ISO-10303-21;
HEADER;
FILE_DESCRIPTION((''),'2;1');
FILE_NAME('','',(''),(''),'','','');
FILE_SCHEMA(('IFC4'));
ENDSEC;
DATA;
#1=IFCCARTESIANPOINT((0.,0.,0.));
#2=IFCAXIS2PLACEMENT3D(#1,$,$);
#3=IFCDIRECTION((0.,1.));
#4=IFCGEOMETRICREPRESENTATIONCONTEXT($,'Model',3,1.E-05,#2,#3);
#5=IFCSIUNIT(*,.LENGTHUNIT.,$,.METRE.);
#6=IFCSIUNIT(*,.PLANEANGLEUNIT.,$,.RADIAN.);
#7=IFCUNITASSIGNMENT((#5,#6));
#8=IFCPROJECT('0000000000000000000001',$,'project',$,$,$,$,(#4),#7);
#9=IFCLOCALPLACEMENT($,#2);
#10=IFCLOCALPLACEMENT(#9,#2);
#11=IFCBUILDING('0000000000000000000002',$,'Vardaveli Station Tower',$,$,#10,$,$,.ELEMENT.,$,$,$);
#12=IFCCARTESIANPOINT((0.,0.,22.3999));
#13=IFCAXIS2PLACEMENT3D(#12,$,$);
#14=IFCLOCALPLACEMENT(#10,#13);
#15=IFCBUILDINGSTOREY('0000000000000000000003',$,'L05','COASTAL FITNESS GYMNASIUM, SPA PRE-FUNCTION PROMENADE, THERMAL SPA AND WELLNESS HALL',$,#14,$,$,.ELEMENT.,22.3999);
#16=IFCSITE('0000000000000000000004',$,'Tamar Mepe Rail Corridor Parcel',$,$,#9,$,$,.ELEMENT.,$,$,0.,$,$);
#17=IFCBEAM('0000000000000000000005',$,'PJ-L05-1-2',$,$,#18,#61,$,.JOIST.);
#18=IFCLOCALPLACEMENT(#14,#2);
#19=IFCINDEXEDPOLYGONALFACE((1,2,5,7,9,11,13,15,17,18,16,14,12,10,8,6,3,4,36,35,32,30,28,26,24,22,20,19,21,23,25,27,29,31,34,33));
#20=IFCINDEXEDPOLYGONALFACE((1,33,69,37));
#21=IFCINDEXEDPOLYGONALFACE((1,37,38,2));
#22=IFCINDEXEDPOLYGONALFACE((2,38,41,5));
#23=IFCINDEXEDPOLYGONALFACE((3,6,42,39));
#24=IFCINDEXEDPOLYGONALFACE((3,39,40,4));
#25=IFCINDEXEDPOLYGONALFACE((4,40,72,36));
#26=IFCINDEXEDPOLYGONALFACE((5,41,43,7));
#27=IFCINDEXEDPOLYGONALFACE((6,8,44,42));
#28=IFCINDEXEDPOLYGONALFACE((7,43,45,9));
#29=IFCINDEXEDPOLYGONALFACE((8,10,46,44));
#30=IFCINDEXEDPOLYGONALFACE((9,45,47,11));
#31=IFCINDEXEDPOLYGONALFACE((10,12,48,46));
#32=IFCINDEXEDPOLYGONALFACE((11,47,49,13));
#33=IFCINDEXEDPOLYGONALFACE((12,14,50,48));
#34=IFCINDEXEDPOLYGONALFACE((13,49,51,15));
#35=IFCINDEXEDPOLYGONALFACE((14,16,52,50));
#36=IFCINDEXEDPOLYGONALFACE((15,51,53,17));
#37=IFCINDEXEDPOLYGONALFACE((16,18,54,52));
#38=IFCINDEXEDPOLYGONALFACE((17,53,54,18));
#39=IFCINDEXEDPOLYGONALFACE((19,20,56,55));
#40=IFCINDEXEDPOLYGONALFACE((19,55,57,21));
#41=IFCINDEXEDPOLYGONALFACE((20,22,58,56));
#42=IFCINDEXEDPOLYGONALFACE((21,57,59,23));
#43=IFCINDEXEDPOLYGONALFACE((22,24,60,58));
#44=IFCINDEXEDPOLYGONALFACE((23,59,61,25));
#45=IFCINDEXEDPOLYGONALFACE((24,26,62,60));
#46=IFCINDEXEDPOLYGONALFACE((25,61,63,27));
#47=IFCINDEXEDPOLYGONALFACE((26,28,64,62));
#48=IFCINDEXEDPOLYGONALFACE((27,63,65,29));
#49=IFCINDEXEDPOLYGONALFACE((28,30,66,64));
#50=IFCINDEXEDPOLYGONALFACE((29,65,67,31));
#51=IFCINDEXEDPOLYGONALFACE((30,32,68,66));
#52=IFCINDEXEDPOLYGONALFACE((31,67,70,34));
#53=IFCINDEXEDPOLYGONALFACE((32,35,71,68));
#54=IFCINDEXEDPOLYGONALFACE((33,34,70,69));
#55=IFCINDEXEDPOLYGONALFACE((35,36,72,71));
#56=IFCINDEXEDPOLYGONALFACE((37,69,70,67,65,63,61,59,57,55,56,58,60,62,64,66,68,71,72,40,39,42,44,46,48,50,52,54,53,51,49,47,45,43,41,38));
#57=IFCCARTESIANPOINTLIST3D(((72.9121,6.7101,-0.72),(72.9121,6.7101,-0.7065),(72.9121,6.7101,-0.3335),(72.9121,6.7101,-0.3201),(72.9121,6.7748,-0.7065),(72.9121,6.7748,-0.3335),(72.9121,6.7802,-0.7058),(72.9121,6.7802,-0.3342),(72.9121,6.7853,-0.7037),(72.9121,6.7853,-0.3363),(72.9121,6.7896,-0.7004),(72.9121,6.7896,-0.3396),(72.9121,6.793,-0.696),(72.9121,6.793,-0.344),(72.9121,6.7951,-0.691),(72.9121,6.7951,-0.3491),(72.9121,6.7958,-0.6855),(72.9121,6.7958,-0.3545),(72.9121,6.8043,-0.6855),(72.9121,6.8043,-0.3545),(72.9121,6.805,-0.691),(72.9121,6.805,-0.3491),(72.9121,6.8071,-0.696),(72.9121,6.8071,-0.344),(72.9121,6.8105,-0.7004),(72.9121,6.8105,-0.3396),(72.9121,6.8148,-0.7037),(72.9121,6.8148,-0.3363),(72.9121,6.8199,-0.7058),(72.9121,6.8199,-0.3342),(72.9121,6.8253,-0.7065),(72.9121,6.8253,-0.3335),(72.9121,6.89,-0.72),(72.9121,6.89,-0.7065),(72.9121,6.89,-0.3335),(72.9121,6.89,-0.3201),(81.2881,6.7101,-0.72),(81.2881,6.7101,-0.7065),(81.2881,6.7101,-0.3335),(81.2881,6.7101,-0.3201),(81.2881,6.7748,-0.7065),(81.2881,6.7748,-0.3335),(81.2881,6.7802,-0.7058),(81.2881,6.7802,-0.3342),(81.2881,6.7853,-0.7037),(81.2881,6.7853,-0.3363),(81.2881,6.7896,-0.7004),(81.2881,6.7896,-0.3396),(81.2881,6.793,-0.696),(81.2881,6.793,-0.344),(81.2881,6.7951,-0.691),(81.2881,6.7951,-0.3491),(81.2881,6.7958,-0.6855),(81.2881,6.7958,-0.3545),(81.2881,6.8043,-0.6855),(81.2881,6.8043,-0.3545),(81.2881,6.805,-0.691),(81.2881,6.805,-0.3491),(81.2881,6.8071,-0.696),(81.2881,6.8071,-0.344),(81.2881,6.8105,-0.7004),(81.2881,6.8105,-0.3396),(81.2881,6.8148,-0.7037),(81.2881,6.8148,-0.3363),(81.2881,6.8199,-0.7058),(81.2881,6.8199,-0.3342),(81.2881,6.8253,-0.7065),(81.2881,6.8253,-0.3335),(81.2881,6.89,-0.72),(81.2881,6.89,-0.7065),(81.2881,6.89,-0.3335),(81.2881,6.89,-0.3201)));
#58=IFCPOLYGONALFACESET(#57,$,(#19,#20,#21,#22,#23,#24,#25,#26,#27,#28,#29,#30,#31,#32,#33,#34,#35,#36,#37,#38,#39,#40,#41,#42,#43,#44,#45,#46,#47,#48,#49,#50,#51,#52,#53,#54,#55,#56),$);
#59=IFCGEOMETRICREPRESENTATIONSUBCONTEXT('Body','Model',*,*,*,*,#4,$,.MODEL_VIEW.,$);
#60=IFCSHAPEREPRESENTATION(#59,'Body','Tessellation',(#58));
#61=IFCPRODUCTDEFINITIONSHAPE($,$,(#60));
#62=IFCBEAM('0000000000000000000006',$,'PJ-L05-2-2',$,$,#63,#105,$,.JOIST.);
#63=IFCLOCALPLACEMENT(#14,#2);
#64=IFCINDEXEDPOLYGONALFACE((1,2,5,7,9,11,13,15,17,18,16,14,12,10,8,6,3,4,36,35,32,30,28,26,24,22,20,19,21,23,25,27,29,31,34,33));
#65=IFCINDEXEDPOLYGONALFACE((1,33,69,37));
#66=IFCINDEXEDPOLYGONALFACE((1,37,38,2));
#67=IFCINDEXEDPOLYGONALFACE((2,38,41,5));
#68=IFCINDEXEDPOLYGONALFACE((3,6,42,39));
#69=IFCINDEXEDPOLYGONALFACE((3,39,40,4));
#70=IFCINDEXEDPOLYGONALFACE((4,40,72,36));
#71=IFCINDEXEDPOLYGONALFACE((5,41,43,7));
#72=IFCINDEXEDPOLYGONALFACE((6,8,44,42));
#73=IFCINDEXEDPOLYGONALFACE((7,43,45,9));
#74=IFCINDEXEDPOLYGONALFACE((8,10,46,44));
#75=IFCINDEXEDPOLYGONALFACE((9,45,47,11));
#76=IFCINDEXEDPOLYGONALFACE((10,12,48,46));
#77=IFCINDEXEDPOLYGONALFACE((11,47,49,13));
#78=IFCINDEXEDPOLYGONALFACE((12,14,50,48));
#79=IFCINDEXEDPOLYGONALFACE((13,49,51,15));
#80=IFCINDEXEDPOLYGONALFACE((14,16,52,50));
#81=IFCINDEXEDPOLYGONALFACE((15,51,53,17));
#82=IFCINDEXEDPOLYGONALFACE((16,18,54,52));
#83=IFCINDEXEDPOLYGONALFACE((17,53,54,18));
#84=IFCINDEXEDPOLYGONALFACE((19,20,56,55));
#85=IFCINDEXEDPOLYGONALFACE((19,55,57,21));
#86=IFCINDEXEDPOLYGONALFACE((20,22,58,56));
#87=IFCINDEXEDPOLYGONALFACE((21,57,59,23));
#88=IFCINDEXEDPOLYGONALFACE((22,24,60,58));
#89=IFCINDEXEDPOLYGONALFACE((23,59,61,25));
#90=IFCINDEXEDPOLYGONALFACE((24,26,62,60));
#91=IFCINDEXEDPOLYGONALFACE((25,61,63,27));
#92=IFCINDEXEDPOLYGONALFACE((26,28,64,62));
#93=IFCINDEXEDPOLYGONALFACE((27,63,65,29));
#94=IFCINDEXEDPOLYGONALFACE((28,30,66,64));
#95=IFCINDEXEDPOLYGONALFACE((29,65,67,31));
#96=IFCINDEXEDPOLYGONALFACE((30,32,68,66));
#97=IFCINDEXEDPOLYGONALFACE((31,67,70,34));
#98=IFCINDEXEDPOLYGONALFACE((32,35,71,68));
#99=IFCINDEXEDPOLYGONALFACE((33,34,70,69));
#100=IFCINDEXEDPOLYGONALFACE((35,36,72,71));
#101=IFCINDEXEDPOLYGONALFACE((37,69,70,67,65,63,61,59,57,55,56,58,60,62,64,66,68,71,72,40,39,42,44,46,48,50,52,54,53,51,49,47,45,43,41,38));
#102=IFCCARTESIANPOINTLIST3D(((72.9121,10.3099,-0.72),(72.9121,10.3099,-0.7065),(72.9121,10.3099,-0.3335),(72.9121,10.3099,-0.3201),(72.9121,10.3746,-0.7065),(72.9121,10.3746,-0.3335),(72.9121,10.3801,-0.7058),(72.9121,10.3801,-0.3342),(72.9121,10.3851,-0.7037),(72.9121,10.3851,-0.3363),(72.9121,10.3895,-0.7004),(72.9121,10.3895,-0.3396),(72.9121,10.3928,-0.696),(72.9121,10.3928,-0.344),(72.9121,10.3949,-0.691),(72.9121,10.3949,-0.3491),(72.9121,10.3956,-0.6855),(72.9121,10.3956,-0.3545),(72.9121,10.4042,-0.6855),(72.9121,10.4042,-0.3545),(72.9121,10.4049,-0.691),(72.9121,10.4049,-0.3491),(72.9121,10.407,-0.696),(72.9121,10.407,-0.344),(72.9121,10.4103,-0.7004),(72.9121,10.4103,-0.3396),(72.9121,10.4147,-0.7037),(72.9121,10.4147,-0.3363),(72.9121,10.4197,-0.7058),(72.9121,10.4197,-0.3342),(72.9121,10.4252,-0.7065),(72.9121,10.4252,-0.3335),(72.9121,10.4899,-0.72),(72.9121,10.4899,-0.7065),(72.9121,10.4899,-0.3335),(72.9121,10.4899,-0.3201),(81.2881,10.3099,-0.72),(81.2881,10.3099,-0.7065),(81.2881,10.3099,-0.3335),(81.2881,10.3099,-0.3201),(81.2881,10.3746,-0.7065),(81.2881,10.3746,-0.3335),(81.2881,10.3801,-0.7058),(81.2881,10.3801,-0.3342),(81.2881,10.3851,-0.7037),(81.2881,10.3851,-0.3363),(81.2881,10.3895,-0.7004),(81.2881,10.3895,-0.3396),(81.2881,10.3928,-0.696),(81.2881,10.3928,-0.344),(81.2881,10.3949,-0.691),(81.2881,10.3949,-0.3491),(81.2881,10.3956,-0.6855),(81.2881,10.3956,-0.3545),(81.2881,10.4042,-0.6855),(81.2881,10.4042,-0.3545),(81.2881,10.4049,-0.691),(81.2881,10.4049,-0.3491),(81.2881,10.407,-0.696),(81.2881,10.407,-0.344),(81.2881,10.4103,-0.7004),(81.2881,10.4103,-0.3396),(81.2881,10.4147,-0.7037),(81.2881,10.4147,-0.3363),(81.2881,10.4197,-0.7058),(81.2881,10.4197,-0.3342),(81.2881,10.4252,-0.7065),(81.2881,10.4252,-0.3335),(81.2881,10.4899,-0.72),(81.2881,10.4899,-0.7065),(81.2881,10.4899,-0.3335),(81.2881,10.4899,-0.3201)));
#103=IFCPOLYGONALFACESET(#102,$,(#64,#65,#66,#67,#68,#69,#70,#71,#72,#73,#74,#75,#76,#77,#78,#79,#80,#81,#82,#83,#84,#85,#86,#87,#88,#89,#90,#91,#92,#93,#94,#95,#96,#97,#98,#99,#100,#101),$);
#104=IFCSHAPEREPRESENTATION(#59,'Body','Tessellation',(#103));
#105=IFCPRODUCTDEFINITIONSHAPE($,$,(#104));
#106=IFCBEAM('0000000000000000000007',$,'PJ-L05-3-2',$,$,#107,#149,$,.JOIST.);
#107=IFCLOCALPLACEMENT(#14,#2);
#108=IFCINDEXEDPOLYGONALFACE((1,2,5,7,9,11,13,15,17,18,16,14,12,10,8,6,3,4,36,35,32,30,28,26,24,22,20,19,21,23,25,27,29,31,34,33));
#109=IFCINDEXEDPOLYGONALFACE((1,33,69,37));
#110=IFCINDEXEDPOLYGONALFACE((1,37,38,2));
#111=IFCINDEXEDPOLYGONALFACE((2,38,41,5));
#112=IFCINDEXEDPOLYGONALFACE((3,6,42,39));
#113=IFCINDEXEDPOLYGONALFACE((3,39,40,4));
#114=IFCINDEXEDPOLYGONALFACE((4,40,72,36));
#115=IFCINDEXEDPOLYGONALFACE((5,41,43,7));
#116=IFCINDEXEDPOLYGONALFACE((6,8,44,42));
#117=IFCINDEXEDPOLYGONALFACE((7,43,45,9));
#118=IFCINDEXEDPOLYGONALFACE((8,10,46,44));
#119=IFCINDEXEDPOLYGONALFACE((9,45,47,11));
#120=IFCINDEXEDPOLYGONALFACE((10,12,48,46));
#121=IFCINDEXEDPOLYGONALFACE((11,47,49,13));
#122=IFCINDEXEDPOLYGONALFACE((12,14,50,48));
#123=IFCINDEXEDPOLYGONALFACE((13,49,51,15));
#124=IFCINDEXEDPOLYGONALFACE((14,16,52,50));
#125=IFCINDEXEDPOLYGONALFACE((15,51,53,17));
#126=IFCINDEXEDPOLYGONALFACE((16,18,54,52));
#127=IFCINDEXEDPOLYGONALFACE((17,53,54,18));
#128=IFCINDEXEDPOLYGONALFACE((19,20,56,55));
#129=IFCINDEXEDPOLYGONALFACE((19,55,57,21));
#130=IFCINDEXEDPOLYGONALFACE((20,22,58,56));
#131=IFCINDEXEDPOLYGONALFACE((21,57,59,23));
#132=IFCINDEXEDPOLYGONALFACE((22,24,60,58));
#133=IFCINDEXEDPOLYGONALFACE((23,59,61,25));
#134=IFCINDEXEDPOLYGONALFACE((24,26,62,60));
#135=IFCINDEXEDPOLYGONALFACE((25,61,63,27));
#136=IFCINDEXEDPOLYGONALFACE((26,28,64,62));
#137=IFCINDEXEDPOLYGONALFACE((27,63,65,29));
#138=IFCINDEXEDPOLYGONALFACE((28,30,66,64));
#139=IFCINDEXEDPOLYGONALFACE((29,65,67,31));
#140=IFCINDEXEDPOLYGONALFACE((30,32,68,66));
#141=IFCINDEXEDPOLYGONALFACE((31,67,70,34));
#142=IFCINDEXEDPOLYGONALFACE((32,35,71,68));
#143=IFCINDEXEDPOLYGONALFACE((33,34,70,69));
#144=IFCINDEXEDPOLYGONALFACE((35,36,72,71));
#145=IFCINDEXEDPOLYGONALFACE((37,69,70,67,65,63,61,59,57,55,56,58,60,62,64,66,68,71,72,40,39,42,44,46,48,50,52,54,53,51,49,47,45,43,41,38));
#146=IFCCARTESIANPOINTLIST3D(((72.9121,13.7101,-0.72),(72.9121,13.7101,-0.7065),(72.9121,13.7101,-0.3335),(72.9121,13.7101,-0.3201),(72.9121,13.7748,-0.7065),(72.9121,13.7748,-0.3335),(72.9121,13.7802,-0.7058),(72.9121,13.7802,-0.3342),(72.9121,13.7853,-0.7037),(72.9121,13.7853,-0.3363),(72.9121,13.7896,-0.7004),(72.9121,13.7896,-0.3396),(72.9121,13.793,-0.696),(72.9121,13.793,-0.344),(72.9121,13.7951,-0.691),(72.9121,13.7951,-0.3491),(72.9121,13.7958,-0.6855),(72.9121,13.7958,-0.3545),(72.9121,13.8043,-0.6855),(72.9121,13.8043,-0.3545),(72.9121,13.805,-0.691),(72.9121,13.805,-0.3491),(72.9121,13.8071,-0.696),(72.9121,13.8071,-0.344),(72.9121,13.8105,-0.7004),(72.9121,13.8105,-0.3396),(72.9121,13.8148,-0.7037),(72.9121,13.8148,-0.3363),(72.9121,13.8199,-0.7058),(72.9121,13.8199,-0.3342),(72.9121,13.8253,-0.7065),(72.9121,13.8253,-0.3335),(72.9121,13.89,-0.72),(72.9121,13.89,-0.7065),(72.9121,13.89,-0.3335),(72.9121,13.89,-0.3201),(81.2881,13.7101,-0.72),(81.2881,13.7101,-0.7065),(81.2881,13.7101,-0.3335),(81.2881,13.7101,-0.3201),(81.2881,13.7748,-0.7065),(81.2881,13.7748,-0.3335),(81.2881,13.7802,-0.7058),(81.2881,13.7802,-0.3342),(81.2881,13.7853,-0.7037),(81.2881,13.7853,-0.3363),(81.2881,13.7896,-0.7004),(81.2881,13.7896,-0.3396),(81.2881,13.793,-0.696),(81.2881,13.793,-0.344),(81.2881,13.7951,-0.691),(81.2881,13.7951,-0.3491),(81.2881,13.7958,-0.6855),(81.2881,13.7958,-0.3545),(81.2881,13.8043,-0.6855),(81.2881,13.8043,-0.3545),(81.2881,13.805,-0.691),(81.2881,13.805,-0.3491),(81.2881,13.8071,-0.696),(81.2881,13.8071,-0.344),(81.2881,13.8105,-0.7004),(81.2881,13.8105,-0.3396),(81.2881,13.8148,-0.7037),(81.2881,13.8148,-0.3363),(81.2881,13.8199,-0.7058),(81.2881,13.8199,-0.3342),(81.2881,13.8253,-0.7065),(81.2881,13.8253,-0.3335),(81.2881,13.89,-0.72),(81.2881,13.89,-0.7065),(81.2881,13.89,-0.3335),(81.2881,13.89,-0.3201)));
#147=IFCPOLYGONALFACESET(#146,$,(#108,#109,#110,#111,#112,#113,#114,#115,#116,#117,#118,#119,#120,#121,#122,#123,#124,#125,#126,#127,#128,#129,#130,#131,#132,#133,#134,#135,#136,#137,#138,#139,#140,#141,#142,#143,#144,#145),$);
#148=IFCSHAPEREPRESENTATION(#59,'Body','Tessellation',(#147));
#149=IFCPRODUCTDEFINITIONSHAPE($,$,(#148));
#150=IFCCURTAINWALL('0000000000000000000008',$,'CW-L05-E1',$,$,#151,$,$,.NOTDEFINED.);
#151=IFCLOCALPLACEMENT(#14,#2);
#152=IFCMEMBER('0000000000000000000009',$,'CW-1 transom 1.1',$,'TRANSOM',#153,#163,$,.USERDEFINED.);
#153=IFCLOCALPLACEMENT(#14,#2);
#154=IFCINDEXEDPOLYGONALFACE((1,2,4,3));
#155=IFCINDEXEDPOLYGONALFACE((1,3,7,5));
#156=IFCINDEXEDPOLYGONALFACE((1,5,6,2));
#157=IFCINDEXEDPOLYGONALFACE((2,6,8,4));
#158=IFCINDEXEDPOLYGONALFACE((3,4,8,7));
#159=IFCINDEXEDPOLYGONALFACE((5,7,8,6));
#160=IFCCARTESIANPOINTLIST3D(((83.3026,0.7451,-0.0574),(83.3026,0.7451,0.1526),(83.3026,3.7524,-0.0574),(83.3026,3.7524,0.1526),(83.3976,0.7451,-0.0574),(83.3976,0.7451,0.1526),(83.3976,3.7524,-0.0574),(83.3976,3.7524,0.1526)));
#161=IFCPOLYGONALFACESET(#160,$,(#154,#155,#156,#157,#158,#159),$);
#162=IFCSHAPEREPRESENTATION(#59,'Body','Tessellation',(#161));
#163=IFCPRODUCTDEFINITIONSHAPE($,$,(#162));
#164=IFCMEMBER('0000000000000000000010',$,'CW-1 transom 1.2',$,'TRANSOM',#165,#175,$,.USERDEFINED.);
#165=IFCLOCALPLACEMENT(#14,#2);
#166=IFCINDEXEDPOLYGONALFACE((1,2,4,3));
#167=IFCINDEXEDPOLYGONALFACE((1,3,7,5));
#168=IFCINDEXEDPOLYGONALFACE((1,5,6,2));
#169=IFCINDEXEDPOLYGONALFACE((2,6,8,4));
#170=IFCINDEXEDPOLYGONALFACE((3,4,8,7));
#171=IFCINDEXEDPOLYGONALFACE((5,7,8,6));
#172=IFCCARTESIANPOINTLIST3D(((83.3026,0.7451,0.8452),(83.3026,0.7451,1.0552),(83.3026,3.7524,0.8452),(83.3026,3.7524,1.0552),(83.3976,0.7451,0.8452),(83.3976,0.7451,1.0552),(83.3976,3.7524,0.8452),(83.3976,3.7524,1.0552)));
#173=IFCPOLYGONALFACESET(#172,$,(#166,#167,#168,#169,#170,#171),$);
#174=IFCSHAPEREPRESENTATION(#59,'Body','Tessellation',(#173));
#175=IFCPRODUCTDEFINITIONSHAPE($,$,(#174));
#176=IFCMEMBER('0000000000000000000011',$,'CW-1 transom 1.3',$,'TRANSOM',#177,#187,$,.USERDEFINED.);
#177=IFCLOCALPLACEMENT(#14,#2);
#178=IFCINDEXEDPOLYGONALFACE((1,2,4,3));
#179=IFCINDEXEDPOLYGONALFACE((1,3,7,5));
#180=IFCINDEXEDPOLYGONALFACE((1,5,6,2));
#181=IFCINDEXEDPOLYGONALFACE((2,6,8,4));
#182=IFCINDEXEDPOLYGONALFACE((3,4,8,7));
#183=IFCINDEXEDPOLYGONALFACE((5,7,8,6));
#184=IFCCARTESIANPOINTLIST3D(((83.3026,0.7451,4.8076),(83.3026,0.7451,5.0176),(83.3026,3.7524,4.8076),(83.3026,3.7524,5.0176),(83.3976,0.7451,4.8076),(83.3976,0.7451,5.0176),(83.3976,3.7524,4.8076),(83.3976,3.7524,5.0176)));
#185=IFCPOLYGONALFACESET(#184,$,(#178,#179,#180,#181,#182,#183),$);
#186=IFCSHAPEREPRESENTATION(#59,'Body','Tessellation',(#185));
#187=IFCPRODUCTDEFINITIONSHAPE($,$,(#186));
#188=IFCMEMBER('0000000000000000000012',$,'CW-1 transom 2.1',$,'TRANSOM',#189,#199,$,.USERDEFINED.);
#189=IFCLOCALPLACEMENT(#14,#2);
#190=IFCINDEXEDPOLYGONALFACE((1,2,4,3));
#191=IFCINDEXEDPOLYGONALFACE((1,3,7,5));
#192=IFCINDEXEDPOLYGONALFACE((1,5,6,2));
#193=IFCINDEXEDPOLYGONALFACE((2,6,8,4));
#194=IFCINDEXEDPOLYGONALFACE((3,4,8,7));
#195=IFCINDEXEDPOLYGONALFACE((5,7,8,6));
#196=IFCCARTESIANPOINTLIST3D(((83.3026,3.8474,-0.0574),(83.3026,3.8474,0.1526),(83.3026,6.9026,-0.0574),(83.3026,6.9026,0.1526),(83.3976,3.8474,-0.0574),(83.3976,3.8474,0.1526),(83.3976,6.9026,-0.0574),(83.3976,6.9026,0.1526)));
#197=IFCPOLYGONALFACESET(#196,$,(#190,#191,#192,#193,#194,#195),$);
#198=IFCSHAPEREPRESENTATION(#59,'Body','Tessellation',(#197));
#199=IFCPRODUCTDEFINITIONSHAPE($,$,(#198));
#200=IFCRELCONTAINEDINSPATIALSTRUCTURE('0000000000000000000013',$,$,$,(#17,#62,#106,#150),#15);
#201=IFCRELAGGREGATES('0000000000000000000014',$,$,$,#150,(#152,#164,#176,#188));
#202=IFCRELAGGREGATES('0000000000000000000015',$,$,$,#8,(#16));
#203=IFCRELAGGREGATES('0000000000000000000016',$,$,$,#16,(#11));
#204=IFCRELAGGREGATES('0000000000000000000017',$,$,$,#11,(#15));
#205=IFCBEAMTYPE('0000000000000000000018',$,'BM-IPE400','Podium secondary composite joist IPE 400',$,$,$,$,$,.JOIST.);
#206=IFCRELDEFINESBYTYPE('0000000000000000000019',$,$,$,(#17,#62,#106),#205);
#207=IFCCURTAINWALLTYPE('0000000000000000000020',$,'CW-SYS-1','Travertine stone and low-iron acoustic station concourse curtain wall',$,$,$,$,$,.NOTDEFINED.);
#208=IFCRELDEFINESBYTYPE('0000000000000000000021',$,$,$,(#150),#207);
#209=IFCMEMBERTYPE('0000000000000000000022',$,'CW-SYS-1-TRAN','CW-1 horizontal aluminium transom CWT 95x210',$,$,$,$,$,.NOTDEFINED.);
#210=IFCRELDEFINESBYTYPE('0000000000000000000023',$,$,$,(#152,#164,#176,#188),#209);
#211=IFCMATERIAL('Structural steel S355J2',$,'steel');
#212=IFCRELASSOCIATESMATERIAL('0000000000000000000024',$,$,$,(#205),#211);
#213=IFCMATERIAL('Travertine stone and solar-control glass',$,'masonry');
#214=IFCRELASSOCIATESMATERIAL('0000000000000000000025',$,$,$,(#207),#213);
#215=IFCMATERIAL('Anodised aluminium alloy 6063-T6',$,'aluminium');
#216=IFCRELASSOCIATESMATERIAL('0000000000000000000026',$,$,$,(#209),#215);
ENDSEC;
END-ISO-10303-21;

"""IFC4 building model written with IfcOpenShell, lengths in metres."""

from ifc_helpers import new_model, si_unit, direction, frame, origin, origin_2d, place, context, subcontext, project, spatial, rectangle, i_section, extrude, source, transform, mapped, material, material_profile, profile_set, type_object, element, aggregate, save


model = new_model("IFC4")

# Units and contexts
model_context = context("Model", 3, precision=1e-05, world=origin(), true_north=direction((0.0, 1.0)))
body_context = subcontext(model_context, "Body", "Model", "MODEL_VIEW")
ifc_project = project(units=[si_unit("LENGTHUNIT", "METRE"), si_unit("PLANEANGLEUNIT", "RADIAN")], contexts=[model_context])

# Site, building, storey
site_placement = place(None, origin())
site = spatial("IfcSite", under=ifc_project, at=site_placement, Name="Tamar Mepe Rail Corridor Parcel", CompositionType="ELEMENT", RefElevation=0.0)
building_placement = place(site_placement, origin())
building = spatial("IfcBuilding", under=site, at=building_placement, Name="Vardaveli Station Tower", CompositionType="ELEMENT")
storey_placement = place(building_placement, frame((0.0, 0.0, 22.3999)))
storey = spatial("IfcBuildingStorey", under=building, at=storey_placement, Name="L05", Description="COASTAL FITNESS GYMNASIUM, SPA PRE-FUNCTION PROMENADE, THERMAL SPA AND WELLNESS HALL", CompositionType="ELEMENT", Elevation=22.3999)

# Beams
ifc_material_1 = material(Name="Structural steel S355J2", Category="steel")
ifc_material_profile_1 = material_profile(ifc_material_1, i_section(OverallWidth=0.1799, OverallDepth=0.3999, WebThickness=0.0085, FlangeThickness=0.0134, FilletRadius=0.021, at=origin_2d()), Name="IPE 400")
ifc_profile_set_1 = profile_set([ifc_material_profile_1], Name="Structural steel S355J2")
beam_type_1 = type_object("IfcBeamType", Name="BM-IPE400", Description="Podium secondary composite joist IPE 400", PredefinedType="JOIST", material=ifc_profile_set_1)
shared_shape_1 = source(origin(), body_context, "Body", "SweptSolid", [
    extrude(i_section(OverallWidth=0.1799, OverallDepth=0.3999, WebThickness=0.0085, FlangeThickness=0.0134, FilletRadius=0.021, at=origin_2d()), origin(), (0.0, 0.0, 1.0), 8.376),
])
for number, where, z_axis, x_axis, name in (
    (1, (72.9121, 6.8, -0.52), (1.0, 0.0, 0.0), (0.0, 1.0, 0.0), "PJ-L05-1-2"),
    (2, (72.9121, 10.3999, -0.52), (1.0, 0.0, 0.0), (0.0, 1.0, 0.0), "PJ-L05-2-2"),
    (3, (72.9121, 13.8, -0.52), (1.0, 0.0, 0.0), (0.0, 1.0, 0.0), "PJ-L05-3-2"),
):
    element("IfcBeam", number, at=place(storey_placement, frame(where, z_axis=z_axis, x_axis=x_axis)), inside=storey, type_object=beam_type_1, Name=name, PredefinedType="JOIST", context=body_context, shape_type="MappedRepresentation", body=[
        mapped(shared_shape_1, transform((0.0, 0.0, 0.0), scale=1.0)),
    ])

# Curtain wall, members
ifc_material_2 = material(Name="Travertine stone and solar-control glass", Category="masonry")
curtain_wall_type = type_object("IfcCurtainWallType", Name="CW-SYS-1", Description="Travertine stone and low-iron acoustic station concourse curtain wall", PredefinedType="NOTDEFINED", material=ifc_material_2)
curtain_wall_placement = place(storey_placement, origin())
curtain_wall = element("IfcCurtainWall", 4, at=curtain_wall_placement, inside=storey, type_object=curtain_wall_type, Name="CW-L05-E1", PredefinedType="NOTDEFINED")
ifc_material_3 = material(Name="Anodised aluminium alloy 6063-T6", Category="aluminium")
ifc_material_profile_2 = material_profile(ifc_material_3, rectangle(XDim=0.095, YDim=0.21, at=origin_2d()), Name="CWT 95x210")
ifc_profile_set_2 = profile_set([ifc_material_profile_2], Name="Anodised aluminium alloy 6063-T6")
member_type_1 = type_object("IfcMemberType", Name="CW-SYS-1-TRAN", Description="CW-1 horizontal aluminium transom CWT 95x210", PredefinedType="NOTDEFINED", material=ifc_profile_set_2)
shared_shape_2 = source(origin(), body_context, "Body", "SweptSolid", [
    extrude(rectangle(XDim=0.095, YDim=0.21, at=origin_2d()), origin(), (0.0, 0.0, 1.0), 3.0073),
])
member_1_placement = place(storey_placement, frame((83.3501, 0.7451, 0.0476), z_axis=(0.0, 1.0, 0.0), x_axis=(-1.0, 0.0, 0.0)))
member_1 = element("IfcMember", 5, at=member_1_placement, type_object=member_type_1, Name="CW-1 transom 1.1", ObjectType="TRANSOM", PredefinedType="USERDEFINED", context=body_context, shape_type="MappedRepresentation", body=[
    mapped(shared_shape_2, transform((0.0, 0.0, 0.0), scale=1.0)),
])
member_2_placement = place(storey_placement, frame((83.3501, 0.7451, 0.9502), z_axis=(0.0, 1.0, 0.0), x_axis=(-1.0, 0.0, 0.0)))
member_2 = element("IfcMember", 6, at=member_2_placement, type_object=member_type_1, Name="CW-1 transom 1.2", ObjectType="TRANSOM", PredefinedType="USERDEFINED", context=body_context, shape_type="MappedRepresentation", body=[
    mapped(shared_shape_2, transform((0.0, 0.0, 0.0), scale=1.0)),
])
member_3_placement = place(storey_placement, frame((83.3501, 0.7451, 4.9126), z_axis=(0.0, 1.0, 0.0), x_axis=(-1.0, 0.0, 0.0)))
member_3 = element("IfcMember", 7, at=member_3_placement, type_object=member_type_1, Name="CW-1 transom 1.3", ObjectType="TRANSOM", PredefinedType="USERDEFINED", context=body_context, shape_type="MappedRepresentation", body=[
    mapped(shared_shape_2, transform((0.0, 0.0, 0.0), scale=1.0)),
])
shared_shape_3 = source(origin(), body_context, "Body", "SweptSolid", [
    extrude(rectangle(XDim=0.095, YDim=0.21, at=origin_2d()), origin(), (0.0, 0.0, 1.0), 3.0552),
])
member_4_placement = place(storey_placement, frame((83.3501, 3.8474, 0.0476), z_axis=(0.0, 1.0, 0.0), x_axis=(-1.0, 0.0, 0.0)))
member_4 = element("IfcMember", 8, at=member_4_placement, type_object=member_type_1, Name="CW-1 transom 2.1", ObjectType="TRANSOM", PredefinedType="USERDEFINED", context=body_context, shape_type="MappedRepresentation", body=[
    mapped(shared_shape_3, transform((0.0, 0.0, 0.0), scale=1.0)),
])
aggregate(curtain_wall, [member_1, member_2, member_3, member_4])

save(model, "model.ifc")
